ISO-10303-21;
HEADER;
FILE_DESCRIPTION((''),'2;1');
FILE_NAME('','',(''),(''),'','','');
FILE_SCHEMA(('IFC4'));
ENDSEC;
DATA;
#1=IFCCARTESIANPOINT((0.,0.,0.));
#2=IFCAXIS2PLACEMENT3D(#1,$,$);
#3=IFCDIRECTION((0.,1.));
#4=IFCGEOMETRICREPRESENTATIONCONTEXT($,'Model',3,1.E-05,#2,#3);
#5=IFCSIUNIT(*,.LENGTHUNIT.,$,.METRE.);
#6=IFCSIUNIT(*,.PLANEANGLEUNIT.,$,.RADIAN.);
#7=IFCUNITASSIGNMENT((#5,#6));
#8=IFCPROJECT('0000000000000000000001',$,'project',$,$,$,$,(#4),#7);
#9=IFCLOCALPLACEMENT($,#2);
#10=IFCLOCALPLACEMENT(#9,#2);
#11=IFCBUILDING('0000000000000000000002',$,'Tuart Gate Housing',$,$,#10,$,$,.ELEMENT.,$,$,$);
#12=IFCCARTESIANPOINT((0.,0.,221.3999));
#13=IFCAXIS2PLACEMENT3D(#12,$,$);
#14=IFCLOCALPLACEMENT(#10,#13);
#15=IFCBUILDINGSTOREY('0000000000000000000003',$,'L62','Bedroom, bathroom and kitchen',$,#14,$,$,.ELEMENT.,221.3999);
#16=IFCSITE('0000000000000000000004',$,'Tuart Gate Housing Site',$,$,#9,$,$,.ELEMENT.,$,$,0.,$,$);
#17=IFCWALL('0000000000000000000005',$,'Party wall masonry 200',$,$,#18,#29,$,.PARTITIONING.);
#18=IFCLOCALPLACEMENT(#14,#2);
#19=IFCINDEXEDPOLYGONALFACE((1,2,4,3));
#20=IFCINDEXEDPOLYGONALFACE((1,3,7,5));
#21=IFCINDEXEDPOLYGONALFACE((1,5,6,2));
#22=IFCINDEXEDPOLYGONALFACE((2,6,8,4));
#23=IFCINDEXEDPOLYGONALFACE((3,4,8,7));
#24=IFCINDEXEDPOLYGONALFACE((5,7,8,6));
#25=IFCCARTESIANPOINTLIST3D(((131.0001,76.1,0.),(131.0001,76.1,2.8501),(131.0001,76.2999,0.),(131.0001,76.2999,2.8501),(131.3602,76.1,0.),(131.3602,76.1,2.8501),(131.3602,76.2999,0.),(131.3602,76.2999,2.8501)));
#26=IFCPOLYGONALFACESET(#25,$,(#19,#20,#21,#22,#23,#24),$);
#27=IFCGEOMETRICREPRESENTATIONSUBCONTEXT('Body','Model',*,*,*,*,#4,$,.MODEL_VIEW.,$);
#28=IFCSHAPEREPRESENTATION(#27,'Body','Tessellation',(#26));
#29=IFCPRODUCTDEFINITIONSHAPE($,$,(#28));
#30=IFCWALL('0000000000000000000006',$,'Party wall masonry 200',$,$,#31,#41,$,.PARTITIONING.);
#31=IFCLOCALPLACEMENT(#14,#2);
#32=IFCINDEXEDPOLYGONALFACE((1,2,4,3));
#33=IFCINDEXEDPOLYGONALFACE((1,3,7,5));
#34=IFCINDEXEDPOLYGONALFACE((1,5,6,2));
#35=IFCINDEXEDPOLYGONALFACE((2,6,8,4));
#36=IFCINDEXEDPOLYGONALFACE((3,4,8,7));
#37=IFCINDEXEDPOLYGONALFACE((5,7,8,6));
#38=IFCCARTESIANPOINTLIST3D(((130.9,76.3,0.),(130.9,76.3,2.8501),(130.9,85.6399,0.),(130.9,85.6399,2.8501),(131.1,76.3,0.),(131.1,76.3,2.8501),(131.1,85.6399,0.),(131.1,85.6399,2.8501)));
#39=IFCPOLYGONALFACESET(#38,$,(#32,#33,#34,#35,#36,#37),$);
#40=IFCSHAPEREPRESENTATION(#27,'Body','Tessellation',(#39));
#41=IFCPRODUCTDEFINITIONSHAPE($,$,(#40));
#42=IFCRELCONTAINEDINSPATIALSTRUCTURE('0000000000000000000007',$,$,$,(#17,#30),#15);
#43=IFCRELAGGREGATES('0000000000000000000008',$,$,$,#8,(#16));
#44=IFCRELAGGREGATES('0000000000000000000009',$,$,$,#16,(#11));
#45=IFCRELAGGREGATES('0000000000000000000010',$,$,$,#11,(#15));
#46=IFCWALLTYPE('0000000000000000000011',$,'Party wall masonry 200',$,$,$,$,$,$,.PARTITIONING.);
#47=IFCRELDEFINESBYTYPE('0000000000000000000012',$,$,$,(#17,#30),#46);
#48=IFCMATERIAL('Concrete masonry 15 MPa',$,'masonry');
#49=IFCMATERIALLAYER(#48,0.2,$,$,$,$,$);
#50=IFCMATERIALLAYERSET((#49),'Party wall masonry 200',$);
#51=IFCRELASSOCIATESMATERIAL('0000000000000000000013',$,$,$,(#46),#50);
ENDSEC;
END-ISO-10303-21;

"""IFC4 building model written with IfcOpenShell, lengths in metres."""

from ifc_helpers import new_model, si_unit, direction, frame, frame_2d, origin, place, context, subcontext, project, spatial, rectangle, extrude, material, layer, layer_set, type_object, element, save


model = new_model("IFC4")

# Units and contexts
model_context = context("Model", 3, precision=1e-05, world=origin(), true_north=direction((0.0, 1.0)))
body_context = subcontext(model_context, "Body", "Model", "MODEL_VIEW")
ifc_project = project(units=[si_unit("LENGTHUNIT", "METRE"), si_unit("PLANEANGLEUNIT", "RADIAN")], contexts=[model_context])

# Site, building, storey
site_placement = place(None, origin())
site = spatial("IfcSite", under=ifc_project, at=site_placement, Name="Tuart Gate Housing Site", CompositionType="ELEMENT", RefElevation=0.0)
building_placement = place(site_placement, origin())
building = spatial("IfcBuilding", under=site, at=building_placement, Name="Tuart Gate Housing", CompositionType="ELEMENT")
storey_placement = place(building_placement, frame((0.0, 0.0, 221.3999)))
storey = spatial("IfcBuildingStorey", under=building, at=storey_placement, Name="L62", Description="Bedroom, bathroom and kitchen", CompositionType="ELEMENT", Elevation=221.3999)

# Walls
ifc_material = material(Name="Concrete masonry 15 MPa", Category="masonry")
ifc_layer = layer(ifc_material, 0.2)
ifc_layer_set = layer_set([ifc_layer], Name="Party wall masonry 200")
wall_type = type_object("IfcWallType", Name="Party wall masonry 200", PredefinedType="PARTITIONING", material=ifc_layer_set)
wall_1_placement = place(storey_placement, frame((131.0, 76.2, 0.0), z_axis=(0.0, 0.0, 1.0), x_axis=(1.0, 0.0, 0.0)))
element("IfcWall", 1, at=wall_1_placement, inside=storey, type_object=wall_type, Name="Party wall masonry 200", PredefinedType="PARTITIONING", context=body_context, shape_type="SweptSolid", body=[
    extrude(rectangle(XDim=0.3601, YDim=0.2, at=frame_2d((0.1802, 0.0))), origin(), (0.0, 0.0, 1.0), 2.8501),
])
wall_2_placement = place(storey_placement, frame((131.0, 76.3, 0.0), z_axis=(0.0, 0.0, 1.0), x_axis=(0.0, 1.0, 0.0)))
element("IfcWall", 2, at=wall_2_placement, inside=storey, type_object=wall_type, Name="Party wall masonry 200", PredefinedType="PARTITIONING", context=body_context, shape_type="SweptSolid", body=[
    extrude(rectangle(XDim=9.3398, YDim=0.2, at=frame_2d((4.6699, 0.0))), origin(), (0.0, 0.0, 1.0), 2.8501),
])

save(model, "model.ifc")
